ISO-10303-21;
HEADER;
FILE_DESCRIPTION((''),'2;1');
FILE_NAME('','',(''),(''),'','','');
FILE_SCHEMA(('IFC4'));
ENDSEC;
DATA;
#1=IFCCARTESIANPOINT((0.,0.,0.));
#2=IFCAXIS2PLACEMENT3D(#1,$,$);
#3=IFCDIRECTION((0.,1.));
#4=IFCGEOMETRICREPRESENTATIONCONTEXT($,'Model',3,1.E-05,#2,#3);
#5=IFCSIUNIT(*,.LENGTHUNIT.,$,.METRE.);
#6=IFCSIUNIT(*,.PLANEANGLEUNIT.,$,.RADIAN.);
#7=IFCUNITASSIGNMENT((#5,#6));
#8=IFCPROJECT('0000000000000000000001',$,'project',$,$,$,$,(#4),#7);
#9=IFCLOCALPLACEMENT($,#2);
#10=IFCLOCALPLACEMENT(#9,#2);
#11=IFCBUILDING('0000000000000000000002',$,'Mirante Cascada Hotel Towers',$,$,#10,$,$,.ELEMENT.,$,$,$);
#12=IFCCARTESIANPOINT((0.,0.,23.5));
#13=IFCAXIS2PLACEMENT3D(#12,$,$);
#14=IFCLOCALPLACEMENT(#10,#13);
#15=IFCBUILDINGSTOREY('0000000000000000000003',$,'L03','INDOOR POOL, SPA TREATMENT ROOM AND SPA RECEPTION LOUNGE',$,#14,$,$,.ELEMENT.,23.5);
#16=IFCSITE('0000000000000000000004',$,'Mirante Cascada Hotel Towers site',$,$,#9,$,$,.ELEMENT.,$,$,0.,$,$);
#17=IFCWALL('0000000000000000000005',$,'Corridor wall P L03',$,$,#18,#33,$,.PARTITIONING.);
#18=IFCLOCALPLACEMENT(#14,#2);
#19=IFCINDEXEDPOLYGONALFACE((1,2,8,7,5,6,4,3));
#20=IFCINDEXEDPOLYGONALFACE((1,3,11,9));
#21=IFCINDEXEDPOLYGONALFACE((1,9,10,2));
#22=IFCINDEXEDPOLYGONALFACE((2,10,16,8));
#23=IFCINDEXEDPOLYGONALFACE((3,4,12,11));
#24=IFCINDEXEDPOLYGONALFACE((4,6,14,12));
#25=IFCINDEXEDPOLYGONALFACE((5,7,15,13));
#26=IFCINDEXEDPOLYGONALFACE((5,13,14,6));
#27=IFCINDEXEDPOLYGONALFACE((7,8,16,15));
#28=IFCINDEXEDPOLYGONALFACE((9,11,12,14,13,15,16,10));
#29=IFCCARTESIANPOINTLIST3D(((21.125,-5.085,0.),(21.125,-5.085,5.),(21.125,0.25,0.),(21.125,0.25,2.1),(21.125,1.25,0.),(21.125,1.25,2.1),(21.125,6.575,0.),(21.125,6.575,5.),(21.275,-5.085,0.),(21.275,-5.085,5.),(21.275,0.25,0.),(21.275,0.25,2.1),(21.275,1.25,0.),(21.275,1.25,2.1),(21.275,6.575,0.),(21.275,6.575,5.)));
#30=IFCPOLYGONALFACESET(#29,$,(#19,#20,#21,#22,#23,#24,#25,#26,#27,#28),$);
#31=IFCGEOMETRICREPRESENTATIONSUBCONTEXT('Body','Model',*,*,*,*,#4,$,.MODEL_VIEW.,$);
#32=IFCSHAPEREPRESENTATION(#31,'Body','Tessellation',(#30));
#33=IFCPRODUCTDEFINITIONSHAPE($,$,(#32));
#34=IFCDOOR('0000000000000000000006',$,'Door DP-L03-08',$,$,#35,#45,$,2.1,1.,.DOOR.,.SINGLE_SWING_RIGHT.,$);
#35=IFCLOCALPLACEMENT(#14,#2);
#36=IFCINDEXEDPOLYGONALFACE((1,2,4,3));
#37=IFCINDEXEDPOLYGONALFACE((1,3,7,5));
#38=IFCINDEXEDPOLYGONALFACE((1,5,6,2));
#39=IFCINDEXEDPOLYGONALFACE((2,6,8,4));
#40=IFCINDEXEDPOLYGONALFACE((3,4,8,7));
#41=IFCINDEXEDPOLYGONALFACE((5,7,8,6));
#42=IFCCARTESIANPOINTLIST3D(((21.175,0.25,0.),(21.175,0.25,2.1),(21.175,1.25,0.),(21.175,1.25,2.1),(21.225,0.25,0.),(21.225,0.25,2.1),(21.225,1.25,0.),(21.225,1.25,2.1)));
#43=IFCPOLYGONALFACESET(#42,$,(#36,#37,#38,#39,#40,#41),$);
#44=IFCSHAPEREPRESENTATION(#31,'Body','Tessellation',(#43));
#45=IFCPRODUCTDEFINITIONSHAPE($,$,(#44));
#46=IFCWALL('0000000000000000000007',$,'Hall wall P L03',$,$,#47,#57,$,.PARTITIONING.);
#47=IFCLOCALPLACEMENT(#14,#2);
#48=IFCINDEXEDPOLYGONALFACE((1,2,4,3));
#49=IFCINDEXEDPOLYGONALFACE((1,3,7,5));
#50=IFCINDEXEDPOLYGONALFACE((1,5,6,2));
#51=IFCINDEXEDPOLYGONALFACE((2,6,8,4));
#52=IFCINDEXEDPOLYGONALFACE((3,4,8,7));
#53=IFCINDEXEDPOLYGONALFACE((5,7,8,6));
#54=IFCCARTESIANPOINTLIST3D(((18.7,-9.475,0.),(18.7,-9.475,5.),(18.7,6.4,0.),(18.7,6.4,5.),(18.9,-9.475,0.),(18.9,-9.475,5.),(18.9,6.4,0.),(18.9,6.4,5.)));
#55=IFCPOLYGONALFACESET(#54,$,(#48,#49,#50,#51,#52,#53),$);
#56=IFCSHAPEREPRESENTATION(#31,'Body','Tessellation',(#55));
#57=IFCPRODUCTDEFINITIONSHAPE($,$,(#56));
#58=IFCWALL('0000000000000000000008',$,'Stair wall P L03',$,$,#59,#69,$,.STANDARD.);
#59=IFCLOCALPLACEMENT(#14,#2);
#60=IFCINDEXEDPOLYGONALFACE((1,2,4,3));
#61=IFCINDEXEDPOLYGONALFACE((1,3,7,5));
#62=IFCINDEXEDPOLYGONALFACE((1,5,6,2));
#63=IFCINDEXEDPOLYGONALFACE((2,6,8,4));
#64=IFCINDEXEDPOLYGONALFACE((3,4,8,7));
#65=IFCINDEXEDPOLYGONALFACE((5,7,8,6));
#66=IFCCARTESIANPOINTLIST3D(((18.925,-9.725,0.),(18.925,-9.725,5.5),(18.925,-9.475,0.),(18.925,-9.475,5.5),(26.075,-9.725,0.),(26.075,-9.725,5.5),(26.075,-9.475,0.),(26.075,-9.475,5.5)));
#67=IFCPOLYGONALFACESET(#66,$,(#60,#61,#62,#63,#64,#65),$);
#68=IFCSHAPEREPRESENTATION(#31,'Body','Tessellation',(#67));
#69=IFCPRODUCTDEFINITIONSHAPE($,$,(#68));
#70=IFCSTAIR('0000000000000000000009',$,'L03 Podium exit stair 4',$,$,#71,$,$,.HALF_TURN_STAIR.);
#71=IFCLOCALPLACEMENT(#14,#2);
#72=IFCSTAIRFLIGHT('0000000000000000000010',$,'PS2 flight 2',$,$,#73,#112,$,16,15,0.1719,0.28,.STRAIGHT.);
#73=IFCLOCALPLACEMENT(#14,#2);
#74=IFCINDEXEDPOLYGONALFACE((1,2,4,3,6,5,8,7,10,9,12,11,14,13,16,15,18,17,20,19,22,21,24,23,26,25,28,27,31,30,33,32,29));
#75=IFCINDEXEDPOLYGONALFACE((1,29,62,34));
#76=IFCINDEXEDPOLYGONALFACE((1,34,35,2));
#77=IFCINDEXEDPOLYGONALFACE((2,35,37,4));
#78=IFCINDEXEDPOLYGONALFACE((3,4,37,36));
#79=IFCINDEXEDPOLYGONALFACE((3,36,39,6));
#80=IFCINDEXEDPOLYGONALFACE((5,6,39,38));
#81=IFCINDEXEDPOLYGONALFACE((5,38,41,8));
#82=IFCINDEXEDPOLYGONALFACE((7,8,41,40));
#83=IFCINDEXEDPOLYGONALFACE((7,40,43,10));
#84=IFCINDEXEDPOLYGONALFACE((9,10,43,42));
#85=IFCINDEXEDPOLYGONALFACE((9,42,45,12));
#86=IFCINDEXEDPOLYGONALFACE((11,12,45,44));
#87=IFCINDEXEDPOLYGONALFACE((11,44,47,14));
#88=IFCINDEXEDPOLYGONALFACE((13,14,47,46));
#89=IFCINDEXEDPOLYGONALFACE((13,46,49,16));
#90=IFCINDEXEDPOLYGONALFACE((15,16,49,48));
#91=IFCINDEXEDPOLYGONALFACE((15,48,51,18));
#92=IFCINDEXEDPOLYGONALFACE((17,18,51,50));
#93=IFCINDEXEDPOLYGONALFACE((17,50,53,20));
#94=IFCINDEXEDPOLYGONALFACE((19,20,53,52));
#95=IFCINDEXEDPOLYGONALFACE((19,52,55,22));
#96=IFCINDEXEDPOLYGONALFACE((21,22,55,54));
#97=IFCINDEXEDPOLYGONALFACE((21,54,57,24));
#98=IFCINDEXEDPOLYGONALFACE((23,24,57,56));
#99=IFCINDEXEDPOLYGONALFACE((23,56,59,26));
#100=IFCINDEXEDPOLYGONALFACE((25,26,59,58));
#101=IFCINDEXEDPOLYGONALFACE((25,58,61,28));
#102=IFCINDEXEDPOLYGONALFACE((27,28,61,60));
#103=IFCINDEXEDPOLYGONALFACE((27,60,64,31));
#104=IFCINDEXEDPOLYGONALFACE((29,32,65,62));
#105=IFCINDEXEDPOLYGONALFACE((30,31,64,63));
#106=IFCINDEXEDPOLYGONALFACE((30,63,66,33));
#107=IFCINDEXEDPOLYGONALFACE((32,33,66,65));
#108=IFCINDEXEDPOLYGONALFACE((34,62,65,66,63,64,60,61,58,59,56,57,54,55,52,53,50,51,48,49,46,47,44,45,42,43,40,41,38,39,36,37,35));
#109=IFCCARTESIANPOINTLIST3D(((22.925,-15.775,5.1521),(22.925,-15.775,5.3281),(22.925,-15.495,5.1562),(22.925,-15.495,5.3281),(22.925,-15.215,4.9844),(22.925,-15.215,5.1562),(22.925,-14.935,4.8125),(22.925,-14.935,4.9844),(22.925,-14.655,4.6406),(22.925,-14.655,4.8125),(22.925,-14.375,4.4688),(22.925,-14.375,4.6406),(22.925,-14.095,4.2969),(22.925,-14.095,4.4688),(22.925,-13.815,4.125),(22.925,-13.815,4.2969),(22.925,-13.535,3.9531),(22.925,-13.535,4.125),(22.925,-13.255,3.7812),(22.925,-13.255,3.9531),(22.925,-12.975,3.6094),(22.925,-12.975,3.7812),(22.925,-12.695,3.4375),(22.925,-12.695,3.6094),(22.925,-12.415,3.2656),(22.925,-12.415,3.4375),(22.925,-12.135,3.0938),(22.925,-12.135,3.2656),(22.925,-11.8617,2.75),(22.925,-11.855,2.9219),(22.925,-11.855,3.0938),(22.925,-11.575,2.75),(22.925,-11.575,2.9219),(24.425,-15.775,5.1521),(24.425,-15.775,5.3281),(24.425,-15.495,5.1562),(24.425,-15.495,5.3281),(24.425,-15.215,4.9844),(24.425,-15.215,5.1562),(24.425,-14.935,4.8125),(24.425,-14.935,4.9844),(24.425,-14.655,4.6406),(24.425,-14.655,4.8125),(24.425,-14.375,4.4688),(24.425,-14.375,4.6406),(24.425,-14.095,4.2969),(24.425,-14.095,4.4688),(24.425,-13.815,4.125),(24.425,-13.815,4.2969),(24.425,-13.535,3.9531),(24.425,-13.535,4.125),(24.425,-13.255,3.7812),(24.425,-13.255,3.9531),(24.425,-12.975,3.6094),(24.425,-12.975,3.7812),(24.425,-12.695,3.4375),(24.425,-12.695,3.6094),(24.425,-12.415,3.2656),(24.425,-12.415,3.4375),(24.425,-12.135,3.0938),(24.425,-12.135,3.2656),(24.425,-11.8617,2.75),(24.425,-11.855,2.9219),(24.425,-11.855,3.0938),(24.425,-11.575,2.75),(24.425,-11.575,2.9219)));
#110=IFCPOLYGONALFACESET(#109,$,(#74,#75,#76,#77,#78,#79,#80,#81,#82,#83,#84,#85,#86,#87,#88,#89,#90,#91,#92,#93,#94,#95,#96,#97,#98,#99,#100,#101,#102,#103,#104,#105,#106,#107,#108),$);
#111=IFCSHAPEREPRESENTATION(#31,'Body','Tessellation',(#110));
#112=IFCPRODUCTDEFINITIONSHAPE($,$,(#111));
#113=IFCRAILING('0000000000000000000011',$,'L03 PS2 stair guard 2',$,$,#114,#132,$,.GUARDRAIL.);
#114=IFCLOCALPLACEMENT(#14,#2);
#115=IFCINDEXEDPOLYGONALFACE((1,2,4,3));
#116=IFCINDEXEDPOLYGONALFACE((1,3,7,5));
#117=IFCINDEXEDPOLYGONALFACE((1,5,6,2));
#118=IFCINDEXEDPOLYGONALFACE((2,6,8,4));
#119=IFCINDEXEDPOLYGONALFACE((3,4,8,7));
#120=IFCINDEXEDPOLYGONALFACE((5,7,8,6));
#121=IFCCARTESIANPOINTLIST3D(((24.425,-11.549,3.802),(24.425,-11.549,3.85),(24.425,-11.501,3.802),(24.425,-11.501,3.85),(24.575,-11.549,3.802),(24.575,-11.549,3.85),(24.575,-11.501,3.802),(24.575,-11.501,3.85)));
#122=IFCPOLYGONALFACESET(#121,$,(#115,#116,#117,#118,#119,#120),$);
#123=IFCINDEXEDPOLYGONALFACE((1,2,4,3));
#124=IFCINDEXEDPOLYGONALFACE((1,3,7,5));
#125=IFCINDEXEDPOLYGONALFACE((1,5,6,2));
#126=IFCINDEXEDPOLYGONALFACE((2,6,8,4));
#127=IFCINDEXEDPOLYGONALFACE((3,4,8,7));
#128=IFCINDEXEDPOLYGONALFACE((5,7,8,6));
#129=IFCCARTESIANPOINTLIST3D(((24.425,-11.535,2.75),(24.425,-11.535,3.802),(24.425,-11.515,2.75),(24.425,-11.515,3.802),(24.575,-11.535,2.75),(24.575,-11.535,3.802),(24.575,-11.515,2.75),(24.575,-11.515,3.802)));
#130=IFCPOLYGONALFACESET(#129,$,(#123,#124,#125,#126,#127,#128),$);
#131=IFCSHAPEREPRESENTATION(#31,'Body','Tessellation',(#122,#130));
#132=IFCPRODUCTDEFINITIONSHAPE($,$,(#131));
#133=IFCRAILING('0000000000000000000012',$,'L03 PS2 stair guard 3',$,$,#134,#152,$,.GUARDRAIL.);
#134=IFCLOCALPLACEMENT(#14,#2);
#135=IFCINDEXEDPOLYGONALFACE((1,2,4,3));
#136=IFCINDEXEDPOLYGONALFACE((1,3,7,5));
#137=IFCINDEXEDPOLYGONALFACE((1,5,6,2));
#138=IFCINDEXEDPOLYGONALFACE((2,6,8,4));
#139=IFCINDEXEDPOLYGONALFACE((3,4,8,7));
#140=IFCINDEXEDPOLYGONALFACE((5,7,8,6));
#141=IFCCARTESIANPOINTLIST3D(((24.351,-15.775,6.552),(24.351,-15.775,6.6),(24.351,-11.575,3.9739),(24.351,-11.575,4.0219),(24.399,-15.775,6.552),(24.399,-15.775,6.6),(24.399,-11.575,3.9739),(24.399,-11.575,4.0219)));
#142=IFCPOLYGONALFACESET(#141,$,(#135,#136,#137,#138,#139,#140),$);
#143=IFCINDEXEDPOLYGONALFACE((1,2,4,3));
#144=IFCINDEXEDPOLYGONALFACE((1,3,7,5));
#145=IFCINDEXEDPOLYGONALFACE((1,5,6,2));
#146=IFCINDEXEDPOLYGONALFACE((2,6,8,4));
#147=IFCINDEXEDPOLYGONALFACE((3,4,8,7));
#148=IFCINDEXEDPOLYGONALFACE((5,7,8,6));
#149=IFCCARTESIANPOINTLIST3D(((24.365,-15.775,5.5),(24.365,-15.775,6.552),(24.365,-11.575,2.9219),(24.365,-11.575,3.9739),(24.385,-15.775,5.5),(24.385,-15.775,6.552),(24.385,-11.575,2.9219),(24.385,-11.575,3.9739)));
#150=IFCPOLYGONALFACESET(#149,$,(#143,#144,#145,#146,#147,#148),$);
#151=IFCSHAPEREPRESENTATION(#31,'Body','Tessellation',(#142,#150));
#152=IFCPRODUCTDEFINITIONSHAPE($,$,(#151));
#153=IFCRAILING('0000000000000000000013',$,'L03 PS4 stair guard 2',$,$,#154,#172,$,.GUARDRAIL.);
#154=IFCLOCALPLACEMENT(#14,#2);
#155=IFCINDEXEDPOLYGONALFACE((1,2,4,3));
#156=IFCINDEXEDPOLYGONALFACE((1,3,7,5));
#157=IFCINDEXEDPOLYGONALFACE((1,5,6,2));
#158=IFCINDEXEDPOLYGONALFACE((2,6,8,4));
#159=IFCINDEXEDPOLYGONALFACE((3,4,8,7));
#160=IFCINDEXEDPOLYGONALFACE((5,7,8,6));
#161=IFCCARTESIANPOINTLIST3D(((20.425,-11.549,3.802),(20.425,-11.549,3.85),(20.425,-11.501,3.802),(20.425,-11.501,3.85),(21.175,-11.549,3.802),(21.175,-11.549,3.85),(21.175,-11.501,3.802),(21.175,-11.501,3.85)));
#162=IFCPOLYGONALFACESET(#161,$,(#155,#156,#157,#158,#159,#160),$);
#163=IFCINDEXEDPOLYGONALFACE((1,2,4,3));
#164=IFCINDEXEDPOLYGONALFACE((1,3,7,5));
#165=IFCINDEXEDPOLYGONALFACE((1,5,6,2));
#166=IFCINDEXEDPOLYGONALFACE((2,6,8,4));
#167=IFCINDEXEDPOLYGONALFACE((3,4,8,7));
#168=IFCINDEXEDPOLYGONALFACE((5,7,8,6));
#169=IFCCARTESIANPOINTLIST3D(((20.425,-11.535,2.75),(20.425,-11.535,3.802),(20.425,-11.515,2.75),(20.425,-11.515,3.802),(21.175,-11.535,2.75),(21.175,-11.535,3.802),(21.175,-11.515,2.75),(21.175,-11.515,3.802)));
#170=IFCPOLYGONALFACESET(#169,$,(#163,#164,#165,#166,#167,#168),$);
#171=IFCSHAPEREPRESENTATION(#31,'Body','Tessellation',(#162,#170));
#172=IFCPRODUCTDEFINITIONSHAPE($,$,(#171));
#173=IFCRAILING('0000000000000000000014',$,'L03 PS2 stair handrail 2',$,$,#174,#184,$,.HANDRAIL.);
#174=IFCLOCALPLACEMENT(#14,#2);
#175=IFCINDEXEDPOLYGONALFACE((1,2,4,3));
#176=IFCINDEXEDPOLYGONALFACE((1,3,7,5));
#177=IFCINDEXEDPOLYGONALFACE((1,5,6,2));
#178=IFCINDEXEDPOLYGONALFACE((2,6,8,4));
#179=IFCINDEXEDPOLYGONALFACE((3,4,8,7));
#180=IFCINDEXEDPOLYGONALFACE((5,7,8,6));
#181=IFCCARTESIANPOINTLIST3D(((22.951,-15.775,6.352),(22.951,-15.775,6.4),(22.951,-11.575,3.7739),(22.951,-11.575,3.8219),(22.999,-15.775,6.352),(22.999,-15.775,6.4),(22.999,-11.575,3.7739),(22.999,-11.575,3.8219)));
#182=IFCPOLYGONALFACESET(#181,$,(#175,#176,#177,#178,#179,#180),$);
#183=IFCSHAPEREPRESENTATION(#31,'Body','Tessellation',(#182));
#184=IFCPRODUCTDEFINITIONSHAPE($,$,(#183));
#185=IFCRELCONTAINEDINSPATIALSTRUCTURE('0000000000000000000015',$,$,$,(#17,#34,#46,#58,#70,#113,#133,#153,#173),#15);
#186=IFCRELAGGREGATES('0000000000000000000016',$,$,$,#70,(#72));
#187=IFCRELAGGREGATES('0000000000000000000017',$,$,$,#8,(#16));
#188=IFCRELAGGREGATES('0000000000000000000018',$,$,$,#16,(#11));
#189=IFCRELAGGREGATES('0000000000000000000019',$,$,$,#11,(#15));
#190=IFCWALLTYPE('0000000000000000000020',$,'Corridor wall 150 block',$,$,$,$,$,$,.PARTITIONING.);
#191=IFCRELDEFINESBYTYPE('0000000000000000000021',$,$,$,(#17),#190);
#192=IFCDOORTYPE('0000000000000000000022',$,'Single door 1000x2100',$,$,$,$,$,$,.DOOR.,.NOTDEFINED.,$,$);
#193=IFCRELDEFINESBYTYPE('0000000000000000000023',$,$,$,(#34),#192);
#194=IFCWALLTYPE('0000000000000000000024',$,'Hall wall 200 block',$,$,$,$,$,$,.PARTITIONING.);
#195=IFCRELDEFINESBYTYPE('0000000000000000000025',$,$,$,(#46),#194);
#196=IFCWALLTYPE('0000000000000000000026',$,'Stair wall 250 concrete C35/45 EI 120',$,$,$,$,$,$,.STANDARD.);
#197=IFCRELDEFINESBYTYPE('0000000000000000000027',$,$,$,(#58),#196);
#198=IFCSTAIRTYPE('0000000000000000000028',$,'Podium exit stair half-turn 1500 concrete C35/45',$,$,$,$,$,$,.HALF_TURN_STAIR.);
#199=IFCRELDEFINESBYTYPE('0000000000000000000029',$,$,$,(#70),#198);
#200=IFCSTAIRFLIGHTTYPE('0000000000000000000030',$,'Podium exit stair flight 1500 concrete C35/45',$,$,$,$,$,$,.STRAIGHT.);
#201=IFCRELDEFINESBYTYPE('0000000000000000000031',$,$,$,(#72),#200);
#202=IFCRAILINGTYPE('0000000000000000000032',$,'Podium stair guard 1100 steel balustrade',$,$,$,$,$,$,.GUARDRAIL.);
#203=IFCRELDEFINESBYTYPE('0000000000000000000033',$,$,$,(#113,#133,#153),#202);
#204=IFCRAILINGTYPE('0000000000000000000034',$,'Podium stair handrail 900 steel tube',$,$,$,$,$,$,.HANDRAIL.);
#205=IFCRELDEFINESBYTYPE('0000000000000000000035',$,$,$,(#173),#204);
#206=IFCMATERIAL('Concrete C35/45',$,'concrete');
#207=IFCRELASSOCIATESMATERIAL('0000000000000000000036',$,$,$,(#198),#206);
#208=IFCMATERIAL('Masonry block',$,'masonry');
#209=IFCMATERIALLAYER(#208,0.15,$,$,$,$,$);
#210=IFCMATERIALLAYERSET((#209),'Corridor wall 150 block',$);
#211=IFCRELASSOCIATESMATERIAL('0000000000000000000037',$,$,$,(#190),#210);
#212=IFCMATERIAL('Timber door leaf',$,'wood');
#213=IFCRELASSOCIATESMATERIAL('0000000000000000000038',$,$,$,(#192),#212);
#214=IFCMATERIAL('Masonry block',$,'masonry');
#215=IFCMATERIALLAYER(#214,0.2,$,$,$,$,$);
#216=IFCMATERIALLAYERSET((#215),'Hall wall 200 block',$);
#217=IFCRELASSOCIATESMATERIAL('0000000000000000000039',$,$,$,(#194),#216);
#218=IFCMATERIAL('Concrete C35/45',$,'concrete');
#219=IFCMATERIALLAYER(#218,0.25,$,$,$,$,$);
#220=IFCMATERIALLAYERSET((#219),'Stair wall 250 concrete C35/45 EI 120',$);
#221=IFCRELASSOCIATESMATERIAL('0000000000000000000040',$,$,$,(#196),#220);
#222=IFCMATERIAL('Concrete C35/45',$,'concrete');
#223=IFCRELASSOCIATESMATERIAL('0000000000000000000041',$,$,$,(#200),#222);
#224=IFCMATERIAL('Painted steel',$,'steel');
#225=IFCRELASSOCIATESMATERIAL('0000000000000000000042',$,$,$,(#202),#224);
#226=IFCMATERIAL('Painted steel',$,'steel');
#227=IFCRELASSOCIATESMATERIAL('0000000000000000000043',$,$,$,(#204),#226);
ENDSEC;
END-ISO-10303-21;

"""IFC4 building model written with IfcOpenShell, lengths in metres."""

from ifc_helpers import new_model, si_unit, direction, frame, frame_2d, origin, origin_2d, place, context, subcontext, project, spatial, polyline, rectangle, outline, extrude, material, layer, layer_set, type_object, element, fill, aggregate, save


model = new_model("IFC4")

# Units and contexts
model_context = context("Model", 3, precision=1e-05, world=origin(), true_north=direction((0.0, 1.0)))
body_context = subcontext(model_context, "Body", "Model", "MODEL_VIEW")
ifc_project = project(units=[si_unit("LENGTHUNIT", "METRE"), si_unit("PLANEANGLEUNIT", "RADIAN")], contexts=[model_context])

# Site, building, storey
site_placement = place(None, origin())
site = spatial("IfcSite", under=ifc_project, at=site_placement, Name="Mirante Cascada Hotel Towers site", CompositionType="ELEMENT", RefElevation=0.0)
building_placement = place(site_placement, origin())
building = spatial("IfcBuilding", under=site, at=building_placement, Name="Mirante Cascada Hotel Towers", CompositionType="ELEMENT")
storey_placement = place(building_placement, frame((0.0, 0.0, 23.5)))
storey = spatial("IfcBuildingStorey", under=building, at=storey_placement, Name="L03", Description="INDOOR POOL, SPA TREATMENT ROOM AND SPA RECEPTION LOUNGE", CompositionType="ELEMENT", Elevation=23.5)

# Shared definitions
ifc_material_1 = material(Name="Concrete C35/45", Category="concrete")
stair_type_1 = type_object("IfcStairType", Name="Podium exit stair half-turn 1500 concrete C35/45", PredefinedType="HALF_TURN_STAIR", material=ifc_material_1)

# Shared definitions
ifc_material_2 = material(Name="Masonry block", Category="masonry")
ifc_layer_1 = layer(ifc_material_2, 0.15)
ifc_layer_set_1 = layer_set([ifc_layer_1], Name="Corridor wall 150 block")
wall_type_1 = type_object("IfcWallType", Name="Corridor wall 150 block", PredefinedType="PARTITIONING", material=ifc_layer_set_1)

# Wall, opening, door
wall_1_placement = place(storey_placement, frame((21.2, -5.085, 0.0), z_axis=(0.0, 0.0, 1.0), x_axis=(0.0, 1.0, 0.0)))
wall_1 = element("IfcWall", 1, at=wall_1_placement, inside=storey, type_object=wall_type_1, Name="Corridor wall P L03", PredefinedType="PARTITIONING", context=body_context, shape_type="SweptSolid", body=[
    extrude(rectangle(XDim=11.66, YDim=0.15, at=frame_2d((5.83, 0.0))), origin(), (0.0, 0.0, 1.0), 5.0),
])
opening_placement = place(wall_1_placement, frame((5.335, 0.0, 0.0)))
opening = element("IfcOpeningElement", 2, at=opening_placement, cuts=wall_1, PredefinedType="OPENING", context=body_context, shape_type="SweptSolid", body=[
    extrude(rectangle(XDim=1.0, YDim=2.1, at=frame_2d((0.5, 1.05))), frame((0.0, 0.075, 0.0), z_axis=(0.0, -1.0, 0.0), x_axis=(1.0, 0.0, 0.0)), (0.0, 0.0, 1.0), 0.15),
])
ifc_material_3 = material(Name="Timber door leaf", Category="wood")
door_type = type_object("IfcDoorType", Name="Single door 1000x2100", OperationType="NOTDEFINED", PredefinedType="DOOR", material=ifc_material_3)
door_placement = place(opening_placement, origin())
door = element("IfcDoor", 3, at=door_placement, inside=storey, type_object=door_type, Name="Door DP-L03-08", OperationType="SINGLE_SWING_RIGHT", OverallHeight=2.1, OverallWidth=1.0, PredefinedType="DOOR", context=body_context, shape_type="SweptSolid", body=[
    extrude(rectangle(XDim=1.0, YDim=2.1, at=frame_2d((0.5, 1.05))), frame((0.0, 0.025, 0.0), z_axis=(0.0, -1.0, 0.0), x_axis=(1.0, 0.0, 0.0)), (0.0, 0.0, 1.0), 0.05),
])
fill(opening, door)

# Walls
ifc_material_4 = material(Name="Masonry block", Category="masonry")
ifc_layer_2 = layer(ifc_material_4, 0.2)
ifc_layer_set_2 = layer_set([ifc_layer_2], Name="Hall wall 200 block")
wall_type_2 = type_object("IfcWallType", Name="Hall wall 200 block", PredefinedType="PARTITIONING", material=ifc_layer_set_2)
wall_2_placement = place(storey_placement, frame((18.8, -9.475, 0.0), z_axis=(0.0, 0.0, 1.0), x_axis=(0.0, 1.0, 0.0)))
element("IfcWall", 4, at=wall_2_placement, inside=storey, type_object=wall_type_2, Name="Hall wall P L03", PredefinedType="PARTITIONING", context=body_context, shape_type="SweptSolid", body=[
    extrude(rectangle(XDim=15.875, YDim=0.2, at=frame_2d((7.9375, 0.0))), origin(), (0.0, 0.0, 1.0), 5.0),
])
ifc_material_5 = material(Name="Concrete C35/45", Category="concrete")
ifc_layer_3 = layer(ifc_material_5, 0.25)
ifc_layer_set_3 = layer_set([ifc_layer_3], Name="Stair wall 250 concrete C35/45 EI 120")
wall_type_3 = type_object("IfcWallType", Name="Stair wall 250 concrete C35/45 EI 120", PredefinedType="STANDARD", material=ifc_layer_set_3)
wall_3_placement = place(storey_placement, frame((18.925, -9.6, 0.0), z_axis=(0.0, 0.0, 1.0), x_axis=(1.0, 0.0, 0.0)))
element("IfcWall", 5, at=wall_3_placement, inside=storey, type_object=wall_type_3, Name="Stair wall P L03", PredefinedType="STANDARD", context=body_context, shape_type="SweptSolid", body=[
    extrude(rectangle(XDim=7.15, YDim=0.25, at=frame_2d((3.575, 0.0))), origin(), (0.0, 0.0, 1.0), 5.5),
])

# Stair, stair flight
stair_1_placement = place(storey_placement, origin())
stair_1 = element("IfcStair", 6, at=stair_1_placement, inside=storey, type_object=stair_type_1, Name="L03 Podium exit stair 4", PredefinedType="HALF_TURN_STAIR")
ifc_material_6 = material(Name="Concrete C35/45", Category="concrete")
stair_flight_type = type_object("IfcStairFlightType", Name="Podium exit stair flight 1500 concrete C35/45", PredefinedType="STRAIGHT", material=ifc_material_6)
stair_flight_placement = place(storey_placement, frame((23.675, -11.575, 2.75), z_axis=(0.0, 0.0, 1.0), x_axis=(0.0, -1.0, 0.0)))
stair_flight = element("IfcStairFlight", 7, at=stair_flight_placement, type_object=stair_flight_type, Name="PS2 flight 2", NumberOfRisers=16, NumberOfTreads=15, PredefinedType="STRAIGHT", RiserHeight=0.1719, TreadLength=0.28, context=body_context, shape_type="SweptSolid", body=[
    extrude(outline(polyline([(0.0, 0.0), (0.0, 0.1719), (0.28, 0.1719), (0.28, 0.3438), (0.56, 0.3438), (0.56, 0.5156), (0.84, 0.5156), (0.84, 0.6875), (1.12, 0.6875), (1.12, 0.8594), (1.4, 0.8594), (1.4, 1.0312), (1.68, 1.0312), (1.68, 1.2031), (1.96, 1.2031), (1.96, 1.375), (2.24, 1.375), (2.24, 1.5469), (2.52, 1.5469), (2.52, 1.7188), (2.8, 1.7188), (2.8, 1.8906), (3.08, 1.8906), (3.08, 2.0625), (3.36, 2.0625), (3.36, 2.2344), (3.64, 2.2344), (3.64, 2.4062), (3.92, 2.4062), (3.92, 2.5781), (4.2, 2.5781), (4.2, 2.75), (4.2, 2.4021), (0.2867, 0.0), (0.0, 0.0)])), frame((0.0, 0.75, 0.0), z_axis=(0.0, -1.0, 0.0), x_axis=(1.0, 0.0, 0.0)), (0.0, 0.0, 1.0), 1.5),
])
aggregate(stair_1, [stair_flight])

# Railings
ifc_material_7 = material(Name="Painted steel", Category="steel")
railing_type_1 = type_object("IfcRailingType", Name="Podium stair guard 1100 steel balustrade", PredefinedType="GUARDRAIL", material=ifc_material_7)
railing_1_placement = place(storey_placement, frame((24.575, -11.525, 2.75)))
element("IfcRailing", 8, at=railing_1_placement, inside=storey, type_object=railing_type_1, Name="L03 PS2 stair guard 2", PredefinedType="GUARDRAIL", context=body_context, shape_type="SweptSolid", body=[
    extrude(rectangle(XDim=0.048, YDim=0.048, at=origin_2d()), frame((0.0, 0.0, 1.076), z_axis=(-1.0, 0.0, 0.0), x_axis=(0.0, -1.0, 0.0)), (0.0, 0.0, 1.0), 0.15),
    extrude(rectangle(XDim=0.02, YDim=1.052, at=origin_2d()), frame((0.0, 0.0, 0.526), z_axis=(-1.0, 0.0, 0.0), x_axis=(0.0, -1.0, 0.0)), (0.0, 0.0, 1.0), 0.15),
])
railing_2_placement = place(storey_placement, frame((24.375, -11.575, 2.9219)))
element("IfcRailing", 9, at=railing_2_placement, inside=storey, type_object=railing_type_1, Name="L03 PS2 stair guard 3", PredefinedType="GUARDRAIL", context=body_context, shape_type="SweptSolid", body=[
    extrude(rectangle(XDim=0.048, YDim=0.048, at=origin_2d()), frame((0.0, 0.0, 1.076), z_axis=(0.0, -1.0, 0.0), x_axis=(1.0, 0.0, 0.0)), (0.0, 0.523138, 0.852248), 4.9281),
    extrude(rectangle(XDim=0.02, YDim=1.052, at=origin_2d()), frame((0.0, 0.0, 0.526), z_axis=(0.0, -1.0, 0.0), x_axis=(1.0, 0.0, 0.0)), (0.0, 0.523138, 0.852248), 4.9281),
])
railing_3_placement = place(storey_placement, frame((21.175, -11.525, 2.75)))
element("IfcRailing", 10, at=railing_3_placement, inside=storey, type_object=railing_type_1, Name="L03 PS4 stair guard 2", PredefinedType="GUARDRAIL", context=body_context, shape_type="SweptSolid", body=[
    extrude(rectangle(XDim=0.048, YDim=0.048, at=origin_2d()), frame((0.0, 0.0, 1.076), z_axis=(-1.0, 0.0, 0.0), x_axis=(0.0, -1.0, 0.0)), (0.0, 0.0, 1.0), 0.75),
    extrude(rectangle(XDim=0.02, YDim=1.052, at=origin_2d()), frame((0.0, 0.0, 0.526), z_axis=(-1.0, 0.0, 0.0), x_axis=(0.0, -1.0, 0.0)), (0.0, 0.0, 1.0), 0.75),
])
ifc_material_8 = material(Name="Painted steel", Category="steel")
railing_type_2 = type_object("IfcRailingType", Name="Podium stair handrail 900 steel tube", PredefinedType="HANDRAIL", material=ifc_material_8)
railing_4_placement = place(storey_placement, frame((22.975, -11.575, 2.9219)))
element("IfcRailing", 11, at=railing_4_placement, inside=storey, type_object=railing_type_2, Name="L03 PS2 stair handrail 2", PredefinedType="HANDRAIL", context=body_context, shape_type="SweptSolid", body=[
    extrude(rectangle(XDim=0.048, YDim=0.048, at=origin_2d()), frame((0.0, 0.0, 0.876), z_axis=(0.0, -1.0, 0.0), x_axis=(1.0, 0.0, 0.0)), (0.0, 0.523138, 0.852248), 4.9281),
])

save(model, "model.ifc")
